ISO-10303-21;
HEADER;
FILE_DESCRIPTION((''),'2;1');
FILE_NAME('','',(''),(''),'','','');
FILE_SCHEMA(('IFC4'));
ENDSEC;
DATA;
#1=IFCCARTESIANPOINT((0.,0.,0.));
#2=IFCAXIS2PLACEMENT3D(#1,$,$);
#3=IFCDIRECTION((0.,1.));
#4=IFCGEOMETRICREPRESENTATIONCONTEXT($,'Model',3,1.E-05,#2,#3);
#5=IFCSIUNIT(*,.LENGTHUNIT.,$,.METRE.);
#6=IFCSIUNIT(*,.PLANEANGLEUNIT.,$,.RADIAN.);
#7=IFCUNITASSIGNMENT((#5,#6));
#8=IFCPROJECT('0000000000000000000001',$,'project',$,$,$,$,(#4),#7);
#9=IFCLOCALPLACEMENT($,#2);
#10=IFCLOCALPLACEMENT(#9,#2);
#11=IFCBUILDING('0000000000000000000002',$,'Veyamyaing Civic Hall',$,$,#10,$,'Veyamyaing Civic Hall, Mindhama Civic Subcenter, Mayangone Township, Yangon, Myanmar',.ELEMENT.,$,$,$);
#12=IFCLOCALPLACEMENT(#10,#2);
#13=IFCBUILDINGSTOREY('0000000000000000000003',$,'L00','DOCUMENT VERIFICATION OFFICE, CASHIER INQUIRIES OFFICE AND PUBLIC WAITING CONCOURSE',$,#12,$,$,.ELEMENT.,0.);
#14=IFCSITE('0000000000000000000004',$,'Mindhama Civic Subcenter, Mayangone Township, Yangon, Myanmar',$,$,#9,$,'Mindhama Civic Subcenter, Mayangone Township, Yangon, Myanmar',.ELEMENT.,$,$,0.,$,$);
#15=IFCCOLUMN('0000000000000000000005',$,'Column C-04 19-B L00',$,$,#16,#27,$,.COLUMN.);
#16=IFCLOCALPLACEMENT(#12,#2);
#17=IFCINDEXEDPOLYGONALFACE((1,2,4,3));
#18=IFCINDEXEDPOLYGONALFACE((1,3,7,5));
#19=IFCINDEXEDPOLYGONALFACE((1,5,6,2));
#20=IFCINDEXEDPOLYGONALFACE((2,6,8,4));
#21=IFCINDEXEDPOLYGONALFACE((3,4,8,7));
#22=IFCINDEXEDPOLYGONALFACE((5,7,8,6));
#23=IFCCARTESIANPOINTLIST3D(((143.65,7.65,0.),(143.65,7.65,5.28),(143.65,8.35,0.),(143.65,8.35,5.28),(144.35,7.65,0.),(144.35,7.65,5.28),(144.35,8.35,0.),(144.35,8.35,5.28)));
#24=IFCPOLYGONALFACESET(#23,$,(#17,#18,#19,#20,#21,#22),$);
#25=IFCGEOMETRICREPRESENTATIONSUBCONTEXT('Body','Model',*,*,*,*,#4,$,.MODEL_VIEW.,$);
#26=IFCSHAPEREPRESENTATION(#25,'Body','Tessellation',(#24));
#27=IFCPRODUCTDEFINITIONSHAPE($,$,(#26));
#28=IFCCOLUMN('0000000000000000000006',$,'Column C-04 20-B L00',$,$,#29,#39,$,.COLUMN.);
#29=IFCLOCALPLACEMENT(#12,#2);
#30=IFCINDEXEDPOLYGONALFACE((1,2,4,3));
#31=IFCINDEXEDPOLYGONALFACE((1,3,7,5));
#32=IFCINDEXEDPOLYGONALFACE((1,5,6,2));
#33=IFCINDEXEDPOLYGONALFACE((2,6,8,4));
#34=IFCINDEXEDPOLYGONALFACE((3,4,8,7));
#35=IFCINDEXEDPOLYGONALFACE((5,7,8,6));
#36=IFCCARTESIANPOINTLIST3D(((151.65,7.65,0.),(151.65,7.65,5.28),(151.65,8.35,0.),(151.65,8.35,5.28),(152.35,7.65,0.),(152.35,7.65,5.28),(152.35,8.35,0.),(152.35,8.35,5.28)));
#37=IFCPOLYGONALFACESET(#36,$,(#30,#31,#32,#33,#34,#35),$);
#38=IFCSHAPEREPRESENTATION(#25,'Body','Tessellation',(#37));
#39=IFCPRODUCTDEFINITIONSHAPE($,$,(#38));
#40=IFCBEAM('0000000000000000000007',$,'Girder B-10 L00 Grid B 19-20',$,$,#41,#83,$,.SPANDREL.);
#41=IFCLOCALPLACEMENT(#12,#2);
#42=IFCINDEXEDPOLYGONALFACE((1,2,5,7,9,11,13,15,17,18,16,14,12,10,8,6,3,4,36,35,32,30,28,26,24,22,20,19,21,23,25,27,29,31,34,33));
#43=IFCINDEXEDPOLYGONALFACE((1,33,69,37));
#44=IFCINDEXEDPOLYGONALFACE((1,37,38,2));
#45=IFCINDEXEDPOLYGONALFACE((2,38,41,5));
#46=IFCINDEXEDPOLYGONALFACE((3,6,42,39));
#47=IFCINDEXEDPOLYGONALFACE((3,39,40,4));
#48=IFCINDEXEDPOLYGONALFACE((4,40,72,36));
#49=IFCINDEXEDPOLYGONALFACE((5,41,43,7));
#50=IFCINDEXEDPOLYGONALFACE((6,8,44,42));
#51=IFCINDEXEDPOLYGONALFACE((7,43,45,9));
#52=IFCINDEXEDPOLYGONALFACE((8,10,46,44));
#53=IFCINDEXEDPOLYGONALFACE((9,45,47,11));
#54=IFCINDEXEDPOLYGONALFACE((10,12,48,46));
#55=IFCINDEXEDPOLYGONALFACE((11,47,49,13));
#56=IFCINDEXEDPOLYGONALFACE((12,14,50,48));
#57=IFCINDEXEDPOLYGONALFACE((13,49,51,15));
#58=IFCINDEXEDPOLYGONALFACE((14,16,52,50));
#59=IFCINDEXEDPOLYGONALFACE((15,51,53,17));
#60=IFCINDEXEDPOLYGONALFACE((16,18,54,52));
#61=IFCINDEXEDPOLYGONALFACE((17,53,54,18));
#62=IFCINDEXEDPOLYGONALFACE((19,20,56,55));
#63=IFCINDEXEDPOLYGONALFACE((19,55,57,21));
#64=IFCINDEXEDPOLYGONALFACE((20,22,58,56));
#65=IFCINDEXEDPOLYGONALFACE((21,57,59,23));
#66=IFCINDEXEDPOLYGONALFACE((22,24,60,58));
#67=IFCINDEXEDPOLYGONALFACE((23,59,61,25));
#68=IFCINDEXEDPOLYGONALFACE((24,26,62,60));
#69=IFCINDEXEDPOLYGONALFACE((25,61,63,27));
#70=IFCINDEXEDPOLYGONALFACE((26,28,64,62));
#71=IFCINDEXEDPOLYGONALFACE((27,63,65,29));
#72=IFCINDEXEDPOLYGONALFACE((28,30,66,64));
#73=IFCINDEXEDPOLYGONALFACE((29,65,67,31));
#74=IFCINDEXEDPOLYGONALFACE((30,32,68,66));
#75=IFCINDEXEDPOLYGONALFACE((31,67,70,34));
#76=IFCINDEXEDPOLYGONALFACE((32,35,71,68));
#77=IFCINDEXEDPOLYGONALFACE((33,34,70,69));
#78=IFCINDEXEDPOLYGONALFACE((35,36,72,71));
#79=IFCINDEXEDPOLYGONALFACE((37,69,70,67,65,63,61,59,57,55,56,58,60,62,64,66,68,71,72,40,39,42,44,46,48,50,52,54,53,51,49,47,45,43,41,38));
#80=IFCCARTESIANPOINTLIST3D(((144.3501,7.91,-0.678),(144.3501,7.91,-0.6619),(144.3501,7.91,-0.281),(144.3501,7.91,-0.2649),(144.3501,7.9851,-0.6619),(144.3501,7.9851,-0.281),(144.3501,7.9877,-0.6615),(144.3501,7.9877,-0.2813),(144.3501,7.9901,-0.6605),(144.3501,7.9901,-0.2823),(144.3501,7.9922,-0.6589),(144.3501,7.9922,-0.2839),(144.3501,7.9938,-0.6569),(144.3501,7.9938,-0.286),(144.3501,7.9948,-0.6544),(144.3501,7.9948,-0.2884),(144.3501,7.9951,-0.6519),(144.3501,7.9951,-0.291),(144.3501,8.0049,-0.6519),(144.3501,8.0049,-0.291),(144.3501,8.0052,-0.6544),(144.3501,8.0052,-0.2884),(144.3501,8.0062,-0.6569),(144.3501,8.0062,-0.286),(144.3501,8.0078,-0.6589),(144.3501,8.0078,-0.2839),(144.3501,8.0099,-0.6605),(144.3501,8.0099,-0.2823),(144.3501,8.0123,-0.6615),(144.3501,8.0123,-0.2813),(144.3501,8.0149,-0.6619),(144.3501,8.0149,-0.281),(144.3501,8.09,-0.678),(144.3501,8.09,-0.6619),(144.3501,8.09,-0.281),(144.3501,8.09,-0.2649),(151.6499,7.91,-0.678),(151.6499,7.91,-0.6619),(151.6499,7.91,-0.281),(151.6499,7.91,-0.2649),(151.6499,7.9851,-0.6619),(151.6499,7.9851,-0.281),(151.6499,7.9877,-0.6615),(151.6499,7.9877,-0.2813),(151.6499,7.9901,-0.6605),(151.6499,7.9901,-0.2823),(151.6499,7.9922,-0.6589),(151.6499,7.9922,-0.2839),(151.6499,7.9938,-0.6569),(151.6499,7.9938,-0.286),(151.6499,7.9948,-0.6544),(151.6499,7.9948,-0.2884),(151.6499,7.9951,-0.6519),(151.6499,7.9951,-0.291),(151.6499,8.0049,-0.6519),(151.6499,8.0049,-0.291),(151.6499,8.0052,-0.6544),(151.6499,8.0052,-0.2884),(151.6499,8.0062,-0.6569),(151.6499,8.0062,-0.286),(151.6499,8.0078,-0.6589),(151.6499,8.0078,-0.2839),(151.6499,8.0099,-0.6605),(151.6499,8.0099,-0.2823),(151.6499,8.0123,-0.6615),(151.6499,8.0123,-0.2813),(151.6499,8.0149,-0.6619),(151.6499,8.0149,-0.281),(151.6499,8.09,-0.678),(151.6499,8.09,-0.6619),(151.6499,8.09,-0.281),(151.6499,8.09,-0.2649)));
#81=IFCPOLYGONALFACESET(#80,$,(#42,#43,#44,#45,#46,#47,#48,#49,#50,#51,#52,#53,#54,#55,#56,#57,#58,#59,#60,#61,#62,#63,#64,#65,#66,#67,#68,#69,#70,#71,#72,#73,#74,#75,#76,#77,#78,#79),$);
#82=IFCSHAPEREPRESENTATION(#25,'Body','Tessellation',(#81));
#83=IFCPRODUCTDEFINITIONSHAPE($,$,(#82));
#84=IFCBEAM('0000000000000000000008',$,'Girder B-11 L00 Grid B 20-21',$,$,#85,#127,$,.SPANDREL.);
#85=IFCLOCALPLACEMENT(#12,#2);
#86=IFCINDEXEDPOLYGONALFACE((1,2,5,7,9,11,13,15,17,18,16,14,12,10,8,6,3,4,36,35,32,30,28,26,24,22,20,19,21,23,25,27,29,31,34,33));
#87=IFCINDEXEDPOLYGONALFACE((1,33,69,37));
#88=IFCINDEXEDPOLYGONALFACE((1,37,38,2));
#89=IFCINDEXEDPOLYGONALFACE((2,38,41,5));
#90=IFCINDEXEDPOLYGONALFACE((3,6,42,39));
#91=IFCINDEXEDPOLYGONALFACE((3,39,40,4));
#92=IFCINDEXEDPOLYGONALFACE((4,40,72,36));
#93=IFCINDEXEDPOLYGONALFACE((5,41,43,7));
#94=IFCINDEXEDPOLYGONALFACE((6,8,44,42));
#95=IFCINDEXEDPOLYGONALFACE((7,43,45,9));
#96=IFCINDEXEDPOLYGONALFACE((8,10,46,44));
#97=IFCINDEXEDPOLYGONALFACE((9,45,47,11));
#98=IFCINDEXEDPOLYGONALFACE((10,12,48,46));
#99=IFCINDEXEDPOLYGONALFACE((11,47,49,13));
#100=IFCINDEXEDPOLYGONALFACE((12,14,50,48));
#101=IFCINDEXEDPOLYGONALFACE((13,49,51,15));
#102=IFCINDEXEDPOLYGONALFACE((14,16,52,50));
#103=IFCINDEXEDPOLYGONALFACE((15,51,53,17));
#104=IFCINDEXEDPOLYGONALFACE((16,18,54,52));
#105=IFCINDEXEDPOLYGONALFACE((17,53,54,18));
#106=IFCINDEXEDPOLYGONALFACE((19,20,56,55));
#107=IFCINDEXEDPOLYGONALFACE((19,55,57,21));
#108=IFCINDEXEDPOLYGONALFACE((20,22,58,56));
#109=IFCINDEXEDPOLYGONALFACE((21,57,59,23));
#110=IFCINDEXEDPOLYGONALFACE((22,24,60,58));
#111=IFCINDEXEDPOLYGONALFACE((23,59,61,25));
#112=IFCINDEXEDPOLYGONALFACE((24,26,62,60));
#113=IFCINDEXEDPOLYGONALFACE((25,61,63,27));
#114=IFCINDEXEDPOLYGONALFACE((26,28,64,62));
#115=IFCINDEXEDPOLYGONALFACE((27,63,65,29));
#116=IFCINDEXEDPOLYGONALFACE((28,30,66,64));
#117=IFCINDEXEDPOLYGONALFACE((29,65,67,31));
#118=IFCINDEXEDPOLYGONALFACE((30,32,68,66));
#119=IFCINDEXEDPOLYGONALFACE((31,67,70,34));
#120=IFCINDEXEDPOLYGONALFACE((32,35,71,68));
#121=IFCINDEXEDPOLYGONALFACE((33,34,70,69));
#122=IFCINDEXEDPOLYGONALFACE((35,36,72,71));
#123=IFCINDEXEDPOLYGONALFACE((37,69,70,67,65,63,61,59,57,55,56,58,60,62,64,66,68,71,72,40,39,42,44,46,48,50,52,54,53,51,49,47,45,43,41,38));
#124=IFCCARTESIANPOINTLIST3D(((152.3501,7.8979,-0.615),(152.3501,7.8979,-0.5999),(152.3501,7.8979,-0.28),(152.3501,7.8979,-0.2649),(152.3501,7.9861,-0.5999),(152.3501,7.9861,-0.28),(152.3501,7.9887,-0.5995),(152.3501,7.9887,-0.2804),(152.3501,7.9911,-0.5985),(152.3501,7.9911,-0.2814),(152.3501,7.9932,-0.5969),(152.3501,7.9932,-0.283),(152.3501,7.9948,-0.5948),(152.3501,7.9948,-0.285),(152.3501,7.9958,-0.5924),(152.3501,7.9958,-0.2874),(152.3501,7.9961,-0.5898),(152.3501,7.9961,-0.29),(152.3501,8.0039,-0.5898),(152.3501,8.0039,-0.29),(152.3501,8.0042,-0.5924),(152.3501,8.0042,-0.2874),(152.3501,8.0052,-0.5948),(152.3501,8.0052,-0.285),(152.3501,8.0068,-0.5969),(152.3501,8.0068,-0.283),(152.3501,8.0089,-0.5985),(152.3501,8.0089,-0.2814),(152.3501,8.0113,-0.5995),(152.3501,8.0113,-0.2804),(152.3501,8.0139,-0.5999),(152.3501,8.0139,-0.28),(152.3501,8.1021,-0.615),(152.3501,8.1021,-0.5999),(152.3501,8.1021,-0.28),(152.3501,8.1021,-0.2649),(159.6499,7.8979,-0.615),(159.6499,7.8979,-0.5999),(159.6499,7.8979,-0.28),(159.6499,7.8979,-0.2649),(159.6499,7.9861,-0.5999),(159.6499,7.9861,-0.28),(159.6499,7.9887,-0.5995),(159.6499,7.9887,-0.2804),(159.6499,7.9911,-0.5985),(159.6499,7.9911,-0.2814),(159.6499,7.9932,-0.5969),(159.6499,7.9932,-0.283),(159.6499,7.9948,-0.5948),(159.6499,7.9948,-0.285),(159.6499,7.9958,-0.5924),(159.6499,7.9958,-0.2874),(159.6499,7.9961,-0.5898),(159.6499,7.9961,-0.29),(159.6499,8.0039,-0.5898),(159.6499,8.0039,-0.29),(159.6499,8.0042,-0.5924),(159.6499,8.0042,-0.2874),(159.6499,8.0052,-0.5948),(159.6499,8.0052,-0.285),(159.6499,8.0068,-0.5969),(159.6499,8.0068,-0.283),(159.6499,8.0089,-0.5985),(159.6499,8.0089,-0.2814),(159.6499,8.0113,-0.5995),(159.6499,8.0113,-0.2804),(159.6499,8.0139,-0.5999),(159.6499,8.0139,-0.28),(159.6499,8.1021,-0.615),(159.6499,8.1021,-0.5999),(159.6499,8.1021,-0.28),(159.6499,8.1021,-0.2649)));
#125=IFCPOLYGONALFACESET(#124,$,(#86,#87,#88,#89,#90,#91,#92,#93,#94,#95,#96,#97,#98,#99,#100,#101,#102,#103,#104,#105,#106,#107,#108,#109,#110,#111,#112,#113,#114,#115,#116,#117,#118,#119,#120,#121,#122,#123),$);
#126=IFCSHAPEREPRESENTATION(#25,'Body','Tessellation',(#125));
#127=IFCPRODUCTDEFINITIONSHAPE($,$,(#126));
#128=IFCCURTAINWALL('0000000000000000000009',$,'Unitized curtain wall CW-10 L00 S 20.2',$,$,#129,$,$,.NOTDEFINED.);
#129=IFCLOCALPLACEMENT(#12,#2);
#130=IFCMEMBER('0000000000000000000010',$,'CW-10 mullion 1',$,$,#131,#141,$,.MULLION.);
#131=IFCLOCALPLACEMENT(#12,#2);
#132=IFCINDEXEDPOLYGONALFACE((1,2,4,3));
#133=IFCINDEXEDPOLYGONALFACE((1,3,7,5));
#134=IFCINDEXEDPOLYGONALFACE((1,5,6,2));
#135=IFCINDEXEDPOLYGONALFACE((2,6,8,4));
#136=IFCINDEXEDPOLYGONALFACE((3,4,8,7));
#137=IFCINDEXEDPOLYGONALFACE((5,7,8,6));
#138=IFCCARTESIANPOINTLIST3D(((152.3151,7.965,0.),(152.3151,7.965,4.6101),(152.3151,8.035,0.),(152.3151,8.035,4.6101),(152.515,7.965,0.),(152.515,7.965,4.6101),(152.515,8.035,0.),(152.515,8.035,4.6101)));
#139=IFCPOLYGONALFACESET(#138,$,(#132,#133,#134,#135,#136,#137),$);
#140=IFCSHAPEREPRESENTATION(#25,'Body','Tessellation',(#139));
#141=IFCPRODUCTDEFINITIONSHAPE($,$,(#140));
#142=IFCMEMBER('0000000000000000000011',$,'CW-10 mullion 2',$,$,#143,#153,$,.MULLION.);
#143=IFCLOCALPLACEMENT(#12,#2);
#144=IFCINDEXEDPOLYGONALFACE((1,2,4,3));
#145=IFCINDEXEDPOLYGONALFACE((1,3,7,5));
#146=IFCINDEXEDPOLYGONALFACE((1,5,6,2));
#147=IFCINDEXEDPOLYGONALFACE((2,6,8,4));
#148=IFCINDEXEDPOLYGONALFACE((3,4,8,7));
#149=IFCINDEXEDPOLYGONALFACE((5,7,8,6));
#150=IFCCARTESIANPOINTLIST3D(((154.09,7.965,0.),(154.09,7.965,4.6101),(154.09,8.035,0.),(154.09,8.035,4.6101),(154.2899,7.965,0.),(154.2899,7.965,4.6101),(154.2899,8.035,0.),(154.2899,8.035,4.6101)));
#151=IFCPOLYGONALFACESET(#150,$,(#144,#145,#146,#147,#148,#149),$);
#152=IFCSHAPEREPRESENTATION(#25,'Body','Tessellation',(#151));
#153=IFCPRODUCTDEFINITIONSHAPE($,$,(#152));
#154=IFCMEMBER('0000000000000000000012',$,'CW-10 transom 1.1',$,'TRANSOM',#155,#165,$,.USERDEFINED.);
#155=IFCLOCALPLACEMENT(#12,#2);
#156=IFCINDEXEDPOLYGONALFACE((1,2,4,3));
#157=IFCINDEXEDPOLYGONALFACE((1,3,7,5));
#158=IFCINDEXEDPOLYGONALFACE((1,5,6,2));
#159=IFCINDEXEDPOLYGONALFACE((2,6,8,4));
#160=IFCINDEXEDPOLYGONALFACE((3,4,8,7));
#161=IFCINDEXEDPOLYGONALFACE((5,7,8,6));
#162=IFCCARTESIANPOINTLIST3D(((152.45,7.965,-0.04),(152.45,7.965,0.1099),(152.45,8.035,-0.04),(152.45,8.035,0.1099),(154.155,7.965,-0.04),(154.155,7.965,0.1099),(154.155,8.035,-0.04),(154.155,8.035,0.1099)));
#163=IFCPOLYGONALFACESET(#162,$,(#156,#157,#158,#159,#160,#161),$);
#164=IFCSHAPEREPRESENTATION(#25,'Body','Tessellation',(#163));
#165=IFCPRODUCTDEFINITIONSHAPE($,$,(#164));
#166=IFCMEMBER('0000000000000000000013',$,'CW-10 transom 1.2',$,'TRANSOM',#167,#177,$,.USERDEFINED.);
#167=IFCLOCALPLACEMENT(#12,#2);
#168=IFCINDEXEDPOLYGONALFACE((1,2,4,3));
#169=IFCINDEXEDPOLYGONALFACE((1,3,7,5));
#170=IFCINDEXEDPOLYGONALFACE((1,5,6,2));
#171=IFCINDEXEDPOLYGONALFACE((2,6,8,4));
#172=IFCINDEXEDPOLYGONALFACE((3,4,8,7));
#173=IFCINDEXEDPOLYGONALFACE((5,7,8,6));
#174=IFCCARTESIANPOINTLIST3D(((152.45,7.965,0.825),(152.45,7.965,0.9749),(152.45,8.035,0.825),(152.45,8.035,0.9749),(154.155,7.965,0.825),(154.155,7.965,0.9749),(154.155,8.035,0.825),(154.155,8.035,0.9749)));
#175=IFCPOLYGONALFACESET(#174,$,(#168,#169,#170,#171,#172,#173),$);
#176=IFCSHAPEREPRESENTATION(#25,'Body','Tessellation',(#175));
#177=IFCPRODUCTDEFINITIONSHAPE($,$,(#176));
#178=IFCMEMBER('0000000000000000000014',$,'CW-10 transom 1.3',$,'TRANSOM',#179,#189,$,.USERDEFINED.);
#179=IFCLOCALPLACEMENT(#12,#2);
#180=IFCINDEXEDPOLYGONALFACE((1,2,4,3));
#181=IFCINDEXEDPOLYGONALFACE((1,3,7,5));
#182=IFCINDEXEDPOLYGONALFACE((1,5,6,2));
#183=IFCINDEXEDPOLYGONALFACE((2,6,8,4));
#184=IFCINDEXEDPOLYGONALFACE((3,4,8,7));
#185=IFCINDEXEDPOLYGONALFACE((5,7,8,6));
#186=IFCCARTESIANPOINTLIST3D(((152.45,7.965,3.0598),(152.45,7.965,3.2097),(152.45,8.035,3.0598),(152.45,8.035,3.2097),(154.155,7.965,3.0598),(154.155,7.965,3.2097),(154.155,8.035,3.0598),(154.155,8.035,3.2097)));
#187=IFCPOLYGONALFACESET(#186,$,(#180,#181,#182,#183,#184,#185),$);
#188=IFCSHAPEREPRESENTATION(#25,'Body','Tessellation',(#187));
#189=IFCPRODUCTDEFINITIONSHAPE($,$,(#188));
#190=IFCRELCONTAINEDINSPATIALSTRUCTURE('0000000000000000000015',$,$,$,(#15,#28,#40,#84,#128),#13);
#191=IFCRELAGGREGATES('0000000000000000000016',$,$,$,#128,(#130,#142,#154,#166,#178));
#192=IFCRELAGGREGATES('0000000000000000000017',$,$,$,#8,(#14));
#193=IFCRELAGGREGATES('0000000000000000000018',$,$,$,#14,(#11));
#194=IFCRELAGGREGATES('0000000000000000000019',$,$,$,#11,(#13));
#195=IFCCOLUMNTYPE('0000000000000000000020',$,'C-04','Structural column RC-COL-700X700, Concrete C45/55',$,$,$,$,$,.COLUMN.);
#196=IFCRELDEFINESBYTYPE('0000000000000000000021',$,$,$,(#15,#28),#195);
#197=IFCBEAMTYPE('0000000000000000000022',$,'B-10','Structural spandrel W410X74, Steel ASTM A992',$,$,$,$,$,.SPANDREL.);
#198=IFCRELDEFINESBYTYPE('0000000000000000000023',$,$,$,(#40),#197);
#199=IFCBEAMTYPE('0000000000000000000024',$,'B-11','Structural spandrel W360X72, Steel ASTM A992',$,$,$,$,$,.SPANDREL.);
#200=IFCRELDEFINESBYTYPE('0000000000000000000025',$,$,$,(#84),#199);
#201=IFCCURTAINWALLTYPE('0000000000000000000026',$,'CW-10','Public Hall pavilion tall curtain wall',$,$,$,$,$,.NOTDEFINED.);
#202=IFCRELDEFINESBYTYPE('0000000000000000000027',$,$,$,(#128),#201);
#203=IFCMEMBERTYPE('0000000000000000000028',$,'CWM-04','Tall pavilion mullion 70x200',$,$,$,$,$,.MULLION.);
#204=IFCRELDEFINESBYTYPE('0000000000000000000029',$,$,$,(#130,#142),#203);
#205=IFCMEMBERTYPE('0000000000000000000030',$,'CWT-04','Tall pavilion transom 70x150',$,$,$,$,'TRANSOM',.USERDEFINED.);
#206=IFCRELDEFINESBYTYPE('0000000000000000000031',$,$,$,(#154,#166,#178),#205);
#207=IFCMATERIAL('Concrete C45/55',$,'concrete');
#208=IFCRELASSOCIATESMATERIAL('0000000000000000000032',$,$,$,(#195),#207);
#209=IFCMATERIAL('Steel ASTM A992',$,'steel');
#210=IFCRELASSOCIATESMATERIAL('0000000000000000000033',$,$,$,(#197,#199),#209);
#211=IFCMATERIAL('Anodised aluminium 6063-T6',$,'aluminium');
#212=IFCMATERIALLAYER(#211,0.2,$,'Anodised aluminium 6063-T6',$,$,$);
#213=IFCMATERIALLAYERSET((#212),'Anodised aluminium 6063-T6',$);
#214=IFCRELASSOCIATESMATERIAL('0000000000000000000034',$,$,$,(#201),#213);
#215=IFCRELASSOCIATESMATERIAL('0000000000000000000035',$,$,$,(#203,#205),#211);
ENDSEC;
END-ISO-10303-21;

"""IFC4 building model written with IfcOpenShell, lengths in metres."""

from ifc_helpers import new_model, si_unit, direction, frame, origin, origin_2d, place, context, subcontext, project, spatial, rectangle, i_section, extrude, material, layer, layer_set, material_profile, profile_set, type_object, element, aggregate, save


model = new_model("IFC4")

# Units and contexts
model_context = context("Model", 3, precision=1e-05, world=origin(), true_north=direction((0.0, 1.0)))
body_context = subcontext(model_context, "Body", "Model", "MODEL_VIEW")
ifc_project = project(units=[si_unit("LENGTHUNIT", "METRE"), si_unit("PLANEANGLEUNIT", "RADIAN")], contexts=[model_context])

# Site, building, storey
site_placement = place(None, origin())
site = spatial("IfcSite", under=ifc_project, at=site_placement, Name="Mindhama Civic Subcenter, Mayangone Township, Yangon, Myanmar", LongName="Mindhama Civic Subcenter, Mayangone Township, Yangon, Myanmar", CompositionType="ELEMENT", RefElevation=0.0)
building_placement = place(site_placement, origin())
building = spatial("IfcBuilding", under=site, at=building_placement, Name="Veyamyaing Civic Hall", LongName="Veyamyaing Civic Hall, Mindhama Civic Subcenter, Mayangone Township, Yangon, Myanmar", CompositionType="ELEMENT")
storey_placement = place(building_placement, origin())
storey = spatial("IfcBuildingStorey", under=building, at=storey_placement, Name="L00", Description="DOCUMENT VERIFICATION OFFICE, CASHIER INQUIRIES OFFICE AND PUBLIC WAITING CONCOURSE", CompositionType="ELEMENT", Elevation=0.0)

# Columns
ifc_material_1 = material(Name="Concrete C45/55", Category="concrete")
ifc_material_profile_1 = material_profile(ifc_material_1, rectangle(XDim=0.7, YDim=0.7, at=origin_2d()), Name="RC-COL-700X700")
ifc_profile_set_1 = profile_set([ifc_material_profile_1], Name="Concrete C45/55")
column_type = type_object("IfcColumnType", Name="C-04", Description="Structural column RC-COL-700X700, Concrete C45/55", PredefinedType="COLUMN", material=ifc_profile_set_1)
for number, where, z_axis, x_axis, name in (
    (1, (144.0, 8.0, 0.0), (0.0, 0.0, 1.0), (1.0, 0.0, 0.0), "Column C-04 19-B L00"),
    (2, (152.0, 8.0, 0.0), (0.0, 0.0, 1.0), (1.0, 0.0, 0.0), "Column C-04 20-B L00"),
):
    element("IfcColumn", number, at=place(storey_placement, frame(where, z_axis=z_axis, x_axis=x_axis)), inside=storey, type_object=column_type, Name=name, PredefinedType="COLUMN", context=body_context, shape_type="SweptSolid", body=[
        extrude(rectangle(XDim=0.7, YDim=0.7, at=origin_2d()), origin(), (0.0, 0.0, 1.0), 5.28),
    ])

# Beams
ifc_material_2 = material(Name="Steel ASTM A992", Category="steel")
ifc_material_profile_2 = material_profile(ifc_material_2, i_section(OverallWidth=0.1799, OverallDepth=0.4131, WebThickness=0.0098, FlangeThickness=0.0161, FilletRadius=0.01, at=origin_2d()), Name="W410X74")
ifc_profile_set_2 = profile_set([ifc_material_profile_2], Name="Steel ASTM A992")
beam_type_1 = type_object("IfcBeamType", Name="B-10", Description="Structural spandrel W410X74, Steel ASTM A992", PredefinedType="SPANDREL", material=ifc_profile_set_2)
beam_1_placement = place(storey_placement, frame((144.3501, 8.0, -0.4714), z_axis=(1.0, 0.0, 0.0), x_axis=(0.0, 1.0, 0.0)))
element("IfcBeam", 3, at=beam_1_placement, inside=storey, type_object=beam_type_1, Name="Girder B-10 L00 Grid B 19-20", PredefinedType="SPANDREL", context=body_context, shape_type="SweptSolid", body=[
    extrude(i_section(OverallWidth=0.1799, OverallDepth=0.4131, WebThickness=0.0098, FlangeThickness=0.0161, FilletRadius=0.01, at=origin_2d()), origin(), (0.0, 0.0, 1.0), 7.2998),
])
ifc_material_profile_3 = material_profile(ifc_material_2, i_section(OverallWidth=0.2041, OverallDepth=0.3501, WebThickness=0.0078, FlangeThickness=0.0151, FilletRadius=0.01, at=origin_2d()), Name="W360X72")
ifc_profile_set_3 = profile_set([ifc_material_profile_3], Name="Steel ASTM A992")
beam_type_2 = type_object("IfcBeamType", Name="B-11", Description="Structural spandrel W360X72, Steel ASTM A992", PredefinedType="SPANDREL", material=ifc_profile_set_3)
beam_2_placement = place(storey_placement, frame((152.3501, 8.0, -0.4399), z_axis=(1.0, 0.0, 0.0), x_axis=(0.0, 1.0, 0.0)))
element("IfcBeam", 4, at=beam_2_placement, inside=storey, type_object=beam_type_2, Name="Girder B-11 L00 Grid B 20-21", PredefinedType="SPANDREL", context=body_context, shape_type="SweptSolid", body=[
    extrude(i_section(OverallWidth=0.2041, OverallDepth=0.3501, WebThickness=0.0078, FlangeThickness=0.0151, FilletRadius=0.01, at=origin_2d()), origin(), (0.0, 0.0, 1.0), 7.2998),
])

# Curtain wall, members
ifc_material_3 = material(Name="Anodised aluminium 6063-T6", Category="aluminium")
ifc_layer_1 = layer(ifc_material_3, 0.2, Name="Anodised aluminium 6063-T6")
ifc_layer_set_1 = layer_set([ifc_layer_1], Name="Anodised aluminium 6063-T6")
curtain_wall_type = type_object("IfcCurtainWallType", Name="CW-10", Description="Public Hall pavilion tall curtain wall", PredefinedType="NOTDEFINED", material=ifc_layer_set_1)
curtain_wall_placement = place(storey_placement, origin())
curtain_wall = element("IfcCurtainWall", 5, at=curtain_wall_placement, inside=storey, type_object=curtain_wall_type, Name="Unitized curtain wall CW-10 L00 S 20.2", PredefinedType="NOTDEFINED")
ifc_material_profile_4 = material_profile(ifc_material_3, rectangle(XDim=0.0701, YDim=0.2, at=origin_2d()), Name="ALU-MUL-70X200")
ifc_profile_set_4 = profile_set([ifc_material_profile_4], Name="Anodised aluminium 6063-T6")
member_type_1 = type_object("IfcMemberType", Name="CWM-04", Description="Tall pavilion mullion 70x200", PredefinedType="MULLION", material=ifc_profile_set_4)
member_1_placement = place(storey_placement, frame((152.415, 8.0, 0.0), z_axis=(0.0, 0.0, 1.0), x_axis=(0.0, 1.0, 0.0)))
member_1 = element("IfcMember", 6, at=member_1_placement, type_object=member_type_1, Name="CW-10 mullion 1", PredefinedType="MULLION", context=body_context, shape_type="SweptSolid", body=[
    extrude(rectangle(XDim=0.0701, YDim=0.2, at=origin_2d()), origin(), (0.0, 0.0, 1.0), 4.6101),
])
member_2_placement = place(storey_placement, frame((154.1899, 8.0, 0.0), z_axis=(0.0, 0.0, 1.0), x_axis=(0.0, 1.0, 0.0)))
member_2 = element("IfcMember", 7, at=member_2_placement, type_object=member_type_1, Name="CW-10 mullion 2", PredefinedType="MULLION", context=body_context, shape_type="SweptSolid", body=[
    extrude(rectangle(XDim=0.0701, YDim=0.2, at=origin_2d()), origin(), (0.0, 0.0, 1.0), 4.6101),
])
ifc_material_profile_5 = material_profile(ifc_material_3, rectangle(XDim=0.0701, YDim=0.1499, at=origin_2d()), Name="ALU-TRN-70X150")
ifc_profile_set_5 = profile_set([ifc_material_profile_5], Name="Anodised aluminium 6063-T6")
member_type_2 = type_object("IfcMemberType", Name="CWT-04", Description="Tall pavilion transom 70x150", ElementType="TRANSOM", PredefinedType="USERDEFINED", material=ifc_profile_set_5)
member_3_placement = place(storey_placement, frame((152.45, 8.0, 0.0349), z_axis=(1.0, 0.0, 0.0), x_axis=(0.0, 1.0, 0.0)))
member_3 = element("IfcMember", 8, at=member_3_placement, type_object=member_type_2, Name="CW-10 transom 1.1", ObjectType="TRANSOM", PredefinedType="USERDEFINED", context=body_context, shape_type="SweptSolid", body=[
    extrude(rectangle(XDim=0.0701, YDim=0.1499, at=origin_2d()), origin(), (0.0, 0.0, 1.0), 1.7051),
])
member_4_placement = place(storey_placement, frame((152.45, 8.0, 0.8999), z_axis=(1.0, 0.0, 0.0), x_axis=(0.0, 1.0, 0.0)))
member_4 = element("IfcMember", 9, at=member_4_placement, type_object=member_type_2, Name="CW-10 transom 1.2", ObjectType="TRANSOM", PredefinedType="USERDEFINED", context=body_context, shape_type="SweptSolid", body=[
    extrude(rectangle(XDim=0.0701, YDim=0.1499, at=origin_2d()), origin(), (0.0, 0.0, 1.0), 1.7051),
])
member_5_placement = place(storey_placement, frame((152.45, 8.0, 3.1348), z_axis=(1.0, 0.0, 0.0), x_axis=(0.0, 1.0, 0.0)))
member_5 = element("IfcMember", 10, at=member_5_placement, type_object=member_type_2, Name="CW-10 transom 1.3", ObjectType="TRANSOM", PredefinedType="USERDEFINED", context=body_context, shape_type="SweptSolid", body=[
    extrude(rectangle(XDim=0.0701, YDim=0.1499, at=origin_2d()), origin(), (0.0, 0.0, 1.0), 1.7051),
])
aggregate(curtain_wall, [member_1, member_2, member_3, member_4, member_5])

save(model, "model.ifc")
